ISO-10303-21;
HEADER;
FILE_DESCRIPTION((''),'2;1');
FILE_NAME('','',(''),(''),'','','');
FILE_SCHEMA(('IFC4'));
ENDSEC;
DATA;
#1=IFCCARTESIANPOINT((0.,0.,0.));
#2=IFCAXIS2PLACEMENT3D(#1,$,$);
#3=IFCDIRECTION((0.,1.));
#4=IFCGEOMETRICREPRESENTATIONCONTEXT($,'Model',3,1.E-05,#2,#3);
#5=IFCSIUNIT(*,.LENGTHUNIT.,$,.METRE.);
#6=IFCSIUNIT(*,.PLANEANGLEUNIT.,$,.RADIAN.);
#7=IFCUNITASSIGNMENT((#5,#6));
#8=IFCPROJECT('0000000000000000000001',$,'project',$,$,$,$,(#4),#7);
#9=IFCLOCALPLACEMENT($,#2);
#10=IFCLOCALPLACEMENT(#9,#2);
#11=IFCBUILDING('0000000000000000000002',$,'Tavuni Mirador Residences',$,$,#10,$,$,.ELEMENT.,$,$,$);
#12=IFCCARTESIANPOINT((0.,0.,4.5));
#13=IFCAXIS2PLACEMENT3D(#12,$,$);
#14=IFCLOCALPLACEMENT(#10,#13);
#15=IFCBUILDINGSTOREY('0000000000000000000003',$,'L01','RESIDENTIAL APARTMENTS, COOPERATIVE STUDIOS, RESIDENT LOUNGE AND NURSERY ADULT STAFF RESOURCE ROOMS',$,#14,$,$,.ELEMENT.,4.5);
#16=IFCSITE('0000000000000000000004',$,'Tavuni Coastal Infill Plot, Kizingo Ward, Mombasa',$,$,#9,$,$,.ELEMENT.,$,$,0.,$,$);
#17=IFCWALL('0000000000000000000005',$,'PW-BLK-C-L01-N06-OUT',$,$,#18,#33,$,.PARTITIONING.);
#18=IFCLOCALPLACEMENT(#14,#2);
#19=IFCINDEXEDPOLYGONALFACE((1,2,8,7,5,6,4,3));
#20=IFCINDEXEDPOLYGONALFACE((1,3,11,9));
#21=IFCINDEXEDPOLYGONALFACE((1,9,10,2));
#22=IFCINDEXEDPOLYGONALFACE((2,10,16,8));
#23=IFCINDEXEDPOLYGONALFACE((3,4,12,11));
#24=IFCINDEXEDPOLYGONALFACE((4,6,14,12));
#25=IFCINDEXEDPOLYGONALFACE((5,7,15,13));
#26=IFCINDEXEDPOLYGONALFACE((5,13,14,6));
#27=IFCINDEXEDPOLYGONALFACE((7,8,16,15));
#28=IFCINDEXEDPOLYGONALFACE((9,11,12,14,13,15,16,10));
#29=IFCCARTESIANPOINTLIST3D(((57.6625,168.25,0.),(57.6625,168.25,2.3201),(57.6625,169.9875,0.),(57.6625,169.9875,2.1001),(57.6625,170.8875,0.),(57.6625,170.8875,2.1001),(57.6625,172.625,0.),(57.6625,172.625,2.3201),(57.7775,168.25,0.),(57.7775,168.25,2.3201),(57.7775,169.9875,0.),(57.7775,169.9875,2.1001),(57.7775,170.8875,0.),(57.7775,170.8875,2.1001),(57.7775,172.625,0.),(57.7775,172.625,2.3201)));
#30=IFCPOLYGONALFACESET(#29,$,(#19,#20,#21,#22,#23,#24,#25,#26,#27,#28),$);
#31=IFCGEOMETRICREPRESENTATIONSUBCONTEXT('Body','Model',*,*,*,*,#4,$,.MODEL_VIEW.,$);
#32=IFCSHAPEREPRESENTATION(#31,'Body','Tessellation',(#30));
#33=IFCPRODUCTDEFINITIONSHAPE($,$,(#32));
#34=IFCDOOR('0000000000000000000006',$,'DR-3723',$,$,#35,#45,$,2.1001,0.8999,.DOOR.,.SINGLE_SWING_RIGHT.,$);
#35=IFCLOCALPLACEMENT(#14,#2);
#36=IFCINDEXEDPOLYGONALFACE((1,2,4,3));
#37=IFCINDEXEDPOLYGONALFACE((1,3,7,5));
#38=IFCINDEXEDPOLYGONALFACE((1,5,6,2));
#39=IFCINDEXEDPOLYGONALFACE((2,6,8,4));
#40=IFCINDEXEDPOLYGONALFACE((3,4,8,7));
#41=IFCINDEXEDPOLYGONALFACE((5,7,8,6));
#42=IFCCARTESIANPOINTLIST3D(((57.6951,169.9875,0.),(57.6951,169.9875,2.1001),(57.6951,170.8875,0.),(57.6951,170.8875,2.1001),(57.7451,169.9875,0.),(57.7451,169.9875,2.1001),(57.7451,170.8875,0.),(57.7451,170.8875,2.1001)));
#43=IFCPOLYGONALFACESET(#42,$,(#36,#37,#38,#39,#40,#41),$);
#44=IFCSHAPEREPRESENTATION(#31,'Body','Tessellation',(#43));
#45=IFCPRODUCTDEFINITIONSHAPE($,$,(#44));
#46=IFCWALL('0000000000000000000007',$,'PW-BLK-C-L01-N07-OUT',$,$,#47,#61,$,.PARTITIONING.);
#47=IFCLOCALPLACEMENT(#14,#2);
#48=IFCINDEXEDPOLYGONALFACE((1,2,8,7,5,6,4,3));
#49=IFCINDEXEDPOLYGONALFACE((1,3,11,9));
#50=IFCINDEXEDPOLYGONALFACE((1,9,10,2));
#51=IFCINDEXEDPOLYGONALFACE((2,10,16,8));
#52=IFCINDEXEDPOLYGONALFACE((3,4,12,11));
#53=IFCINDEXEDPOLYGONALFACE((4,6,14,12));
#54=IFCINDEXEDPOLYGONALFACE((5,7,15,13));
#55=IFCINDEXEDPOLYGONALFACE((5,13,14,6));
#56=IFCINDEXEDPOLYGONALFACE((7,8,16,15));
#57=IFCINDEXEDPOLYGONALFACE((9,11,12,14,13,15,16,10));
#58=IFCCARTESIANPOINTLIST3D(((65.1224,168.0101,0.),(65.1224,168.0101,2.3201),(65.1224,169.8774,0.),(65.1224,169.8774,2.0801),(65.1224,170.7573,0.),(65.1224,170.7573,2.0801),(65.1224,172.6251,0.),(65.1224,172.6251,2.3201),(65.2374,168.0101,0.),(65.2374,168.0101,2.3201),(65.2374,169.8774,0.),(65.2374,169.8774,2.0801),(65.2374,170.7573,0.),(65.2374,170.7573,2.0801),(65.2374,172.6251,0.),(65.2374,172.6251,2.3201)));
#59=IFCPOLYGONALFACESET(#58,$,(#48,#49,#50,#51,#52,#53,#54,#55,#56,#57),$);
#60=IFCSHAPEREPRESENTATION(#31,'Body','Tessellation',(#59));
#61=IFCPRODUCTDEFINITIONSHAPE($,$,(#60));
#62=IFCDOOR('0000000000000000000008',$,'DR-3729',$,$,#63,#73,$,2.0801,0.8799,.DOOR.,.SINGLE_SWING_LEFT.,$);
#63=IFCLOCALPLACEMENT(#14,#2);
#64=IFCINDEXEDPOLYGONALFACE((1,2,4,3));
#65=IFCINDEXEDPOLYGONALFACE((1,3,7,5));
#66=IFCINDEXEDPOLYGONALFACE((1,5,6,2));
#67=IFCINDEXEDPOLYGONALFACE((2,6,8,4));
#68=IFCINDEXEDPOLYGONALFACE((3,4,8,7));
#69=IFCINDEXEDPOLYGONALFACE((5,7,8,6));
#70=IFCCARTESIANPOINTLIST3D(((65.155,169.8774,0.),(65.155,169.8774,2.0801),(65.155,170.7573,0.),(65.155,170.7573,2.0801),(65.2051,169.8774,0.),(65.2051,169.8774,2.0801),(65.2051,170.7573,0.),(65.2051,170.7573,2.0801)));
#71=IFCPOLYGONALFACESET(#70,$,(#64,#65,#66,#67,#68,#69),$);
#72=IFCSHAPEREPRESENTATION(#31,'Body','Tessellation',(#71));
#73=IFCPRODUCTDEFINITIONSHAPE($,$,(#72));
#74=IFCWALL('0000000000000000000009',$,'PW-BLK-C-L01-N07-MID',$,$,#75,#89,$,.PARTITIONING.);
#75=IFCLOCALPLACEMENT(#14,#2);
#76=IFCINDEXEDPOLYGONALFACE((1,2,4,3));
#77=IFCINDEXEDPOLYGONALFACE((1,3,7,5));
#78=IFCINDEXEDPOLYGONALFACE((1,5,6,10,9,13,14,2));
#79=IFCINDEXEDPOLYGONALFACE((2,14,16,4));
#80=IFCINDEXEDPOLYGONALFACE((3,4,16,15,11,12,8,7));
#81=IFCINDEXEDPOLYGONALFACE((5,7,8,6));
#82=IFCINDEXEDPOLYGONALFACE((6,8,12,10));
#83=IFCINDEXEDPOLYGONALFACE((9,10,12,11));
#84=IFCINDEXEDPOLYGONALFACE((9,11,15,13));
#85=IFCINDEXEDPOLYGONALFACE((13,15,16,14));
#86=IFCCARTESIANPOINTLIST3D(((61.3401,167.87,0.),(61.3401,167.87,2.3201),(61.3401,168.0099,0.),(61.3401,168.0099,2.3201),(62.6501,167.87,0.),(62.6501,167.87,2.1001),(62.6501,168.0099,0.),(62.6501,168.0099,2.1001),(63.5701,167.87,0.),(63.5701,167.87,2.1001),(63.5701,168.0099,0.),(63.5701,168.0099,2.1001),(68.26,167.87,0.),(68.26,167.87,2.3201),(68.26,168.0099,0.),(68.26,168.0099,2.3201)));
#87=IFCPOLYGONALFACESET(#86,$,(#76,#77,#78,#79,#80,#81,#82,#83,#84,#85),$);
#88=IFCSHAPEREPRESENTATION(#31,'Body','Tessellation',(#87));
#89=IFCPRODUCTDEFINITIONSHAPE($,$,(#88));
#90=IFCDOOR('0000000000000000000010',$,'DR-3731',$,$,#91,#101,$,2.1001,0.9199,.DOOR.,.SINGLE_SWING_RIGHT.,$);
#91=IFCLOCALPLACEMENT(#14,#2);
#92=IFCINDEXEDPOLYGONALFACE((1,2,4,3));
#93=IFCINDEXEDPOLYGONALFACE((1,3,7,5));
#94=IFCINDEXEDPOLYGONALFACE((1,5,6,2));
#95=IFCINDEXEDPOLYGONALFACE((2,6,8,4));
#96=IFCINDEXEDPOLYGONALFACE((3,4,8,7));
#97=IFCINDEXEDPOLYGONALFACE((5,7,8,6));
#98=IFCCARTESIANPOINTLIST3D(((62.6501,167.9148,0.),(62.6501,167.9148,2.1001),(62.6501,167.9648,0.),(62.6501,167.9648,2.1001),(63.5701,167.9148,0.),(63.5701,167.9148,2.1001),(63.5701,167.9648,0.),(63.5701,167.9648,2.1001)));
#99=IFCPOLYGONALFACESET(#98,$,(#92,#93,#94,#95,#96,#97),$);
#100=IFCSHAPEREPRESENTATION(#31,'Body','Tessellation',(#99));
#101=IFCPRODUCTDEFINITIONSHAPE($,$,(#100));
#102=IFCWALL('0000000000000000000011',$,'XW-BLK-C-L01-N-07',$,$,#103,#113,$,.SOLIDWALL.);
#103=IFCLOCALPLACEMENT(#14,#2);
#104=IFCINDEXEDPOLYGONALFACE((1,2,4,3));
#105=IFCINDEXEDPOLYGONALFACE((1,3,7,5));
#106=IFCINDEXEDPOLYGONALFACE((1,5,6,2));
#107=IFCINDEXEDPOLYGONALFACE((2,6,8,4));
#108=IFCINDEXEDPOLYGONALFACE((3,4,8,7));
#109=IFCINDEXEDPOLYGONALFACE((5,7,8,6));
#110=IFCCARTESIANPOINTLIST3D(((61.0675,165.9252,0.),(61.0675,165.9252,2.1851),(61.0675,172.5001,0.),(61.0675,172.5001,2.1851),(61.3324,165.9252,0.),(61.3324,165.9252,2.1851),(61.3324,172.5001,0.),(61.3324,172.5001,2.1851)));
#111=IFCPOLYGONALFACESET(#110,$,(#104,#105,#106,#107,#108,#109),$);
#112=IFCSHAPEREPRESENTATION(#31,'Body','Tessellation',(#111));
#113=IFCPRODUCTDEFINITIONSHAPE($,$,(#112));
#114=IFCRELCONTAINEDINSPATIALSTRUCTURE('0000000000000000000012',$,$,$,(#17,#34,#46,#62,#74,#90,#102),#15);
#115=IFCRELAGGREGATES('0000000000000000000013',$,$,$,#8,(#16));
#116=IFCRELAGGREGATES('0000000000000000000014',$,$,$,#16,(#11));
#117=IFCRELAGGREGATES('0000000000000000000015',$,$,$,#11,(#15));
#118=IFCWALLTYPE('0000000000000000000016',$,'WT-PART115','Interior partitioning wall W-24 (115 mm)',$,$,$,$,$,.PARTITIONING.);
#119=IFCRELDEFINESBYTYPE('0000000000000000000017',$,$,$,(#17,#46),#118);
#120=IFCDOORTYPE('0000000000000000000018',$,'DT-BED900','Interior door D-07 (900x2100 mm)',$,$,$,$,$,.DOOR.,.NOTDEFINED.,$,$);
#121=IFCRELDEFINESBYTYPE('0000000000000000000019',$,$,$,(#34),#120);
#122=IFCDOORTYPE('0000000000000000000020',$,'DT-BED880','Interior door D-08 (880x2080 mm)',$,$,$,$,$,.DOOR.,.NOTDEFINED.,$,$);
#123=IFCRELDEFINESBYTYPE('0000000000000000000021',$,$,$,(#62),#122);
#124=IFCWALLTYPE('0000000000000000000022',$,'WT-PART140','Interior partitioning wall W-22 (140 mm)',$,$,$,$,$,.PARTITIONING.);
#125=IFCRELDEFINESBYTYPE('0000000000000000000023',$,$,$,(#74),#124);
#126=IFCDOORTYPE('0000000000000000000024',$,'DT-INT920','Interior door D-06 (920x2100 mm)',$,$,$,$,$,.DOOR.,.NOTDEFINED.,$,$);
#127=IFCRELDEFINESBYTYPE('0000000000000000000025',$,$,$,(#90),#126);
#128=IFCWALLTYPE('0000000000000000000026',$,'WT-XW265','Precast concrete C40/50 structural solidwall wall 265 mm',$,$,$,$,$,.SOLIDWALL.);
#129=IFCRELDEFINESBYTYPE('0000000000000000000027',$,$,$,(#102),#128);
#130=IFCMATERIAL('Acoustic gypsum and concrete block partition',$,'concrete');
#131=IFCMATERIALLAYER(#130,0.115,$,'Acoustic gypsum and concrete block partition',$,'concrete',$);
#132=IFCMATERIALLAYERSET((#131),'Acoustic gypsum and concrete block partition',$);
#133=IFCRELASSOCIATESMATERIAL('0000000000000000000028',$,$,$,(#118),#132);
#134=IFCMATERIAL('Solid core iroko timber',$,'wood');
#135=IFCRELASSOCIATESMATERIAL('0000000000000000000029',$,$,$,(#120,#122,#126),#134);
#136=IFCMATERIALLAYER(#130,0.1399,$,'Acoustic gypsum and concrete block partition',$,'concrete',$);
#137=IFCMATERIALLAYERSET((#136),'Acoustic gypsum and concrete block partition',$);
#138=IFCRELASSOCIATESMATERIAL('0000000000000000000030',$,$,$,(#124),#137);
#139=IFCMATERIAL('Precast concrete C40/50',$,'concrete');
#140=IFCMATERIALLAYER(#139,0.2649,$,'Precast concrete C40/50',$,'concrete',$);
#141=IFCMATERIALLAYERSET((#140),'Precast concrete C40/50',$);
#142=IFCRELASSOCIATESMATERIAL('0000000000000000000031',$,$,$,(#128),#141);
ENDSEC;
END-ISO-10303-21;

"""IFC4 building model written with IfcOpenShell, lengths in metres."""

from ifc_helpers import new_model, si_unit, direction, frame, frame_2d, origin, place, context, subcontext, project, spatial, rectangle, extrude, material, layer, layer_set, type_object, element, fill, save


model = new_model("IFC4")

# Units and contexts
model_context = context("Model", 3, precision=1e-05, world=origin(), true_north=direction((0.0, 1.0)))
body_context = subcontext(model_context, "Body", "Model", "MODEL_VIEW")
ifc_project = project(units=[si_unit("LENGTHUNIT", "METRE"), si_unit("PLANEANGLEUNIT", "RADIAN")], contexts=[model_context])

# Site, building, storey
site_placement = place(None, origin())
site = spatial("IfcSite", under=ifc_project, at=site_placement, Name="Tavuni Coastal Infill Plot, Kizingo Ward, Mombasa", CompositionType="ELEMENT", RefElevation=0.0)
building_placement = place(site_placement, origin())
building = spatial("IfcBuilding", under=site, at=building_placement, Name="Tavuni Mirador Residences", CompositionType="ELEMENT")
storey_placement = place(building_placement, frame((0.0, 0.0, 4.5)))
storey = spatial("IfcBuildingStorey", under=building, at=storey_placement, Name="L01", Description="RESIDENTIAL APARTMENTS, COOPERATIVE STUDIOS, RESIDENT LOUNGE AND NURSERY ADULT STAFF RESOURCE ROOMS", CompositionType="ELEMENT", Elevation=4.5)

# Shared definitions
ifc_material_1 = material(Name="Precast concrete C40/50", Category="concrete")

# Walls, openings, doors
ifc_material_2 = material(Name="Acoustic gypsum and concrete block partition", Category="concrete")
ifc_material_3 = material(Name="Solid core iroko timber", Category="wood")
ifc_layer_1 = layer(ifc_material_2, 0.115, Name="Acoustic gypsum and concrete block partition", Category="concrete")
ifc_layer_set_1 = layer_set([ifc_layer_1], Name="Acoustic gypsum and concrete block partition")
wall_type_1 = type_object("IfcWallType", Name="WT-PART115", Description="Interior partitioning wall W-24 (115 mm)", PredefinedType="PARTITIONING", material=ifc_layer_set_1)
wall_1_placement = place(storey_placement, frame((57.72, 168.25, 0.0), z_axis=(0.0, 0.0, 1.0), x_axis=(0.0, 1.0, 0.0)))
wall_1 = element("IfcWall", 1, at=wall_1_placement, inside=storey, type_object=wall_type_1, Name="PW-BLK-C-L01-N06-OUT", PredefinedType="PARTITIONING", context=body_context, shape_type="SweptSolid", body=[
    extrude(rectangle(XDim=4.375, YDim=0.115, at=frame_2d((2.1875, 0.0))), origin(), (0.0, 0.0, 1.0), 2.3201),
])
opening_1_placement = place(wall_1_placement, frame((1.7375, 0.0, 0.0)))
opening_1 = element("IfcOpeningElement", 2, at=opening_1_placement, cuts=wall_1, PredefinedType="OPENING", context=body_context, shape_type="SweptSolid", body=[
    extrude(rectangle(XDim=0.8999, YDim=2.1001, at=frame_2d((0.45, 1.05))), frame((0.0, 0.0674, 0.0), z_axis=(0.0, -1.0, 0.0), x_axis=(1.0, 0.0, 0.0)), (0.0, 0.0, 1.0), 0.135),
])
door_type_1 = type_object("IfcDoorType", Name="DT-BED900", Description="Interior door D-07 (900x2100 mm)", OperationType="NOTDEFINED", PredefinedType="DOOR", material=ifc_material_3)
door_1_placement = place(opening_1_placement, origin())
door_1 = element("IfcDoor", 3, at=door_1_placement, inside=storey, type_object=door_type_1, Name="DR-3723", OperationType="SINGLE_SWING_RIGHT", OverallHeight=2.1001, OverallWidth=0.8999, PredefinedType="DOOR", context=body_context, shape_type="SweptSolid", body=[
    extrude(rectangle(XDim=0.8999, YDim=2.1001, at=frame_2d((0.45, 1.05))), frame((0.0, 0.0249, 0.0), z_axis=(0.0, -1.0, 0.0), x_axis=(1.0, 0.0, 0.0)), (0.0, 0.0, 1.0), 0.05),
])
fill(opening_1, door_1)
wall_2_placement = place(storey_placement, frame((65.1799, 168.01, 0.0), z_axis=(0.0, 0.0, 1.0), x_axis=(0.0, 1.0, 0.0)))
wall_2 = element("IfcWall", 4, at=wall_2_placement, inside=storey, type_object=wall_type_1, Name="PW-BLK-C-L01-N07-OUT", PredefinedType="PARTITIONING", context=body_context, shape_type="SweptSolid", body=[
    extrude(rectangle(XDim=4.615, YDim=0.115, at=frame_2d((2.3076, 0.0))), origin(), (0.0, 0.0, 1.0), 2.3201),
])
opening_2_placement = place(wall_2_placement, frame((1.8674, 0.0, 0.0)))
opening_2 = element("IfcOpeningElement", 5, at=opening_2_placement, cuts=wall_2, PredefinedType="OPENING", context=body_context, shape_type="SweptSolid", body=[
    extrude(rectangle(XDim=0.8799, YDim=2.0801, at=frame_2d((0.4399, 1.04))), frame((0.0, 0.0674, 0.0), z_axis=(0.0, -1.0, 0.0), x_axis=(1.0, 0.0, 0.0)), (0.0, 0.0, 1.0), 0.135),
])
door_type_2 = type_object("IfcDoorType", Name="DT-BED880", Description="Interior door D-08 (880x2080 mm)", OperationType="NOTDEFINED", PredefinedType="DOOR", material=ifc_material_3)
door_2_placement = place(opening_2_placement, origin())
door_2 = element("IfcDoor", 6, at=door_2_placement, inside=storey, type_object=door_type_2, Name="DR-3729", OperationType="SINGLE_SWING_LEFT", OverallHeight=2.0801, OverallWidth=0.8799, PredefinedType="DOOR", context=body_context, shape_type="SweptSolid", body=[
    extrude(rectangle(XDim=0.8799, YDim=2.0801, at=frame_2d((0.4399, 1.04))), frame((0.0, 0.0249, 0.0), z_axis=(0.0, -1.0, 0.0), x_axis=(1.0, 0.0, 0.0)), (0.0, 0.0, 1.0), 0.05),
])
fill(opening_2, door_2)
ifc_layer_2 = layer(ifc_material_2, 0.1399, Name="Acoustic gypsum and concrete block partition", Category="concrete")
ifc_layer_set_2 = layer_set([ifc_layer_2], Name="Acoustic gypsum and concrete block partition")
wall_type_2 = type_object("IfcWallType", Name="WT-PART140", Description="Interior partitioning wall W-22 (140 mm)", PredefinedType="PARTITIONING", material=ifc_layer_set_2)
wall_3_placement = place(storey_placement, frame((61.3401, 167.9399, 0.0), z_axis=(0.0, 0.0, 1.0), x_axis=(1.0, 0.0, 0.0)))
wall_3 = element("IfcWall", 7, at=wall_3_placement, inside=storey, type_object=wall_type_2, Name="PW-BLK-C-L01-N07-MID", PredefinedType="PARTITIONING", context=body_context, shape_type="SweptSolid", body=[
    extrude(rectangle(XDim=6.9199, YDim=0.1399, at=frame_2d((3.46, 0.0))), origin(), (0.0, 0.0, 1.0), 2.3201),
])
opening_3_placement = place(wall_3_placement, frame((1.3101, 0.0, 0.0)))
opening_3 = element("IfcOpeningElement", 8, at=opening_3_placement, cuts=wall_3, PredefinedType="OPENING", context=body_context, shape_type="SweptSolid", body=[
    extrude(rectangle(XDim=0.9199, YDim=2.1001, at=frame_2d((0.46, 1.05))), frame((0.0, 0.0801, 0.0), z_axis=(0.0, -1.0, 0.0), x_axis=(1.0, 0.0, 0.0)), (0.0, 0.0, 1.0), 0.1599),
])
door_type_3 = type_object("IfcDoorType", Name="DT-INT920", Description="Interior door D-06 (920x2100 mm)", OperationType="NOTDEFINED", PredefinedType="DOOR", material=ifc_material_3)
door_3_placement = place(opening_3_placement, origin())
door_3 = element("IfcDoor", 9, at=door_3_placement, inside=storey, type_object=door_type_3, Name="DR-3731", OperationType="SINGLE_SWING_RIGHT", OverallHeight=2.1001, OverallWidth=0.9199, PredefinedType="DOOR", context=body_context, shape_type="SweptSolid", body=[
    extrude(rectangle(XDim=0.9199, YDim=2.1001, at=frame_2d((0.46, 1.05))), frame((0.0, 0.0249, 0.0), z_axis=(0.0, -1.0, 0.0), x_axis=(1.0, 0.0, 0.0)), (0.0, 0.0, 1.0), 0.05),
])
fill(opening_3, door_3)

# Wall
ifc_layer_3 = layer(ifc_material_1, 0.2649, Name="Precast concrete C40/50", Category="concrete")
ifc_layer_set_3 = layer_set([ifc_layer_3], Name="Precast concrete C40/50")
wall_type_3 = type_object("IfcWallType", Name="WT-XW265", Description="Precast concrete C40/50 structural solidwall wall 265 mm", PredefinedType="SOLIDWALL", material=ifc_layer_set_3)
wall_4_placement = place(storey_placement, frame((61.2, 165.925, 0.0), z_axis=(0.0, 0.0, 1.0), x_axis=(0.0, 1.0, 0.0)))
element("IfcWall", 10, at=wall_4_placement, inside=storey, type_object=wall_type_3, Name="XW-BLK-C-L01-N-07", PredefinedType="SOLIDWALL", context=body_context, shape_type="SweptSolid", body=[
    extrude(rectangle(XDim=6.575, YDim=0.2649, at=frame_2d((3.2876, 0.0))), origin(), (0.0, 0.0, 1.0), 2.1851),
])

save(model, "model.ifc")
